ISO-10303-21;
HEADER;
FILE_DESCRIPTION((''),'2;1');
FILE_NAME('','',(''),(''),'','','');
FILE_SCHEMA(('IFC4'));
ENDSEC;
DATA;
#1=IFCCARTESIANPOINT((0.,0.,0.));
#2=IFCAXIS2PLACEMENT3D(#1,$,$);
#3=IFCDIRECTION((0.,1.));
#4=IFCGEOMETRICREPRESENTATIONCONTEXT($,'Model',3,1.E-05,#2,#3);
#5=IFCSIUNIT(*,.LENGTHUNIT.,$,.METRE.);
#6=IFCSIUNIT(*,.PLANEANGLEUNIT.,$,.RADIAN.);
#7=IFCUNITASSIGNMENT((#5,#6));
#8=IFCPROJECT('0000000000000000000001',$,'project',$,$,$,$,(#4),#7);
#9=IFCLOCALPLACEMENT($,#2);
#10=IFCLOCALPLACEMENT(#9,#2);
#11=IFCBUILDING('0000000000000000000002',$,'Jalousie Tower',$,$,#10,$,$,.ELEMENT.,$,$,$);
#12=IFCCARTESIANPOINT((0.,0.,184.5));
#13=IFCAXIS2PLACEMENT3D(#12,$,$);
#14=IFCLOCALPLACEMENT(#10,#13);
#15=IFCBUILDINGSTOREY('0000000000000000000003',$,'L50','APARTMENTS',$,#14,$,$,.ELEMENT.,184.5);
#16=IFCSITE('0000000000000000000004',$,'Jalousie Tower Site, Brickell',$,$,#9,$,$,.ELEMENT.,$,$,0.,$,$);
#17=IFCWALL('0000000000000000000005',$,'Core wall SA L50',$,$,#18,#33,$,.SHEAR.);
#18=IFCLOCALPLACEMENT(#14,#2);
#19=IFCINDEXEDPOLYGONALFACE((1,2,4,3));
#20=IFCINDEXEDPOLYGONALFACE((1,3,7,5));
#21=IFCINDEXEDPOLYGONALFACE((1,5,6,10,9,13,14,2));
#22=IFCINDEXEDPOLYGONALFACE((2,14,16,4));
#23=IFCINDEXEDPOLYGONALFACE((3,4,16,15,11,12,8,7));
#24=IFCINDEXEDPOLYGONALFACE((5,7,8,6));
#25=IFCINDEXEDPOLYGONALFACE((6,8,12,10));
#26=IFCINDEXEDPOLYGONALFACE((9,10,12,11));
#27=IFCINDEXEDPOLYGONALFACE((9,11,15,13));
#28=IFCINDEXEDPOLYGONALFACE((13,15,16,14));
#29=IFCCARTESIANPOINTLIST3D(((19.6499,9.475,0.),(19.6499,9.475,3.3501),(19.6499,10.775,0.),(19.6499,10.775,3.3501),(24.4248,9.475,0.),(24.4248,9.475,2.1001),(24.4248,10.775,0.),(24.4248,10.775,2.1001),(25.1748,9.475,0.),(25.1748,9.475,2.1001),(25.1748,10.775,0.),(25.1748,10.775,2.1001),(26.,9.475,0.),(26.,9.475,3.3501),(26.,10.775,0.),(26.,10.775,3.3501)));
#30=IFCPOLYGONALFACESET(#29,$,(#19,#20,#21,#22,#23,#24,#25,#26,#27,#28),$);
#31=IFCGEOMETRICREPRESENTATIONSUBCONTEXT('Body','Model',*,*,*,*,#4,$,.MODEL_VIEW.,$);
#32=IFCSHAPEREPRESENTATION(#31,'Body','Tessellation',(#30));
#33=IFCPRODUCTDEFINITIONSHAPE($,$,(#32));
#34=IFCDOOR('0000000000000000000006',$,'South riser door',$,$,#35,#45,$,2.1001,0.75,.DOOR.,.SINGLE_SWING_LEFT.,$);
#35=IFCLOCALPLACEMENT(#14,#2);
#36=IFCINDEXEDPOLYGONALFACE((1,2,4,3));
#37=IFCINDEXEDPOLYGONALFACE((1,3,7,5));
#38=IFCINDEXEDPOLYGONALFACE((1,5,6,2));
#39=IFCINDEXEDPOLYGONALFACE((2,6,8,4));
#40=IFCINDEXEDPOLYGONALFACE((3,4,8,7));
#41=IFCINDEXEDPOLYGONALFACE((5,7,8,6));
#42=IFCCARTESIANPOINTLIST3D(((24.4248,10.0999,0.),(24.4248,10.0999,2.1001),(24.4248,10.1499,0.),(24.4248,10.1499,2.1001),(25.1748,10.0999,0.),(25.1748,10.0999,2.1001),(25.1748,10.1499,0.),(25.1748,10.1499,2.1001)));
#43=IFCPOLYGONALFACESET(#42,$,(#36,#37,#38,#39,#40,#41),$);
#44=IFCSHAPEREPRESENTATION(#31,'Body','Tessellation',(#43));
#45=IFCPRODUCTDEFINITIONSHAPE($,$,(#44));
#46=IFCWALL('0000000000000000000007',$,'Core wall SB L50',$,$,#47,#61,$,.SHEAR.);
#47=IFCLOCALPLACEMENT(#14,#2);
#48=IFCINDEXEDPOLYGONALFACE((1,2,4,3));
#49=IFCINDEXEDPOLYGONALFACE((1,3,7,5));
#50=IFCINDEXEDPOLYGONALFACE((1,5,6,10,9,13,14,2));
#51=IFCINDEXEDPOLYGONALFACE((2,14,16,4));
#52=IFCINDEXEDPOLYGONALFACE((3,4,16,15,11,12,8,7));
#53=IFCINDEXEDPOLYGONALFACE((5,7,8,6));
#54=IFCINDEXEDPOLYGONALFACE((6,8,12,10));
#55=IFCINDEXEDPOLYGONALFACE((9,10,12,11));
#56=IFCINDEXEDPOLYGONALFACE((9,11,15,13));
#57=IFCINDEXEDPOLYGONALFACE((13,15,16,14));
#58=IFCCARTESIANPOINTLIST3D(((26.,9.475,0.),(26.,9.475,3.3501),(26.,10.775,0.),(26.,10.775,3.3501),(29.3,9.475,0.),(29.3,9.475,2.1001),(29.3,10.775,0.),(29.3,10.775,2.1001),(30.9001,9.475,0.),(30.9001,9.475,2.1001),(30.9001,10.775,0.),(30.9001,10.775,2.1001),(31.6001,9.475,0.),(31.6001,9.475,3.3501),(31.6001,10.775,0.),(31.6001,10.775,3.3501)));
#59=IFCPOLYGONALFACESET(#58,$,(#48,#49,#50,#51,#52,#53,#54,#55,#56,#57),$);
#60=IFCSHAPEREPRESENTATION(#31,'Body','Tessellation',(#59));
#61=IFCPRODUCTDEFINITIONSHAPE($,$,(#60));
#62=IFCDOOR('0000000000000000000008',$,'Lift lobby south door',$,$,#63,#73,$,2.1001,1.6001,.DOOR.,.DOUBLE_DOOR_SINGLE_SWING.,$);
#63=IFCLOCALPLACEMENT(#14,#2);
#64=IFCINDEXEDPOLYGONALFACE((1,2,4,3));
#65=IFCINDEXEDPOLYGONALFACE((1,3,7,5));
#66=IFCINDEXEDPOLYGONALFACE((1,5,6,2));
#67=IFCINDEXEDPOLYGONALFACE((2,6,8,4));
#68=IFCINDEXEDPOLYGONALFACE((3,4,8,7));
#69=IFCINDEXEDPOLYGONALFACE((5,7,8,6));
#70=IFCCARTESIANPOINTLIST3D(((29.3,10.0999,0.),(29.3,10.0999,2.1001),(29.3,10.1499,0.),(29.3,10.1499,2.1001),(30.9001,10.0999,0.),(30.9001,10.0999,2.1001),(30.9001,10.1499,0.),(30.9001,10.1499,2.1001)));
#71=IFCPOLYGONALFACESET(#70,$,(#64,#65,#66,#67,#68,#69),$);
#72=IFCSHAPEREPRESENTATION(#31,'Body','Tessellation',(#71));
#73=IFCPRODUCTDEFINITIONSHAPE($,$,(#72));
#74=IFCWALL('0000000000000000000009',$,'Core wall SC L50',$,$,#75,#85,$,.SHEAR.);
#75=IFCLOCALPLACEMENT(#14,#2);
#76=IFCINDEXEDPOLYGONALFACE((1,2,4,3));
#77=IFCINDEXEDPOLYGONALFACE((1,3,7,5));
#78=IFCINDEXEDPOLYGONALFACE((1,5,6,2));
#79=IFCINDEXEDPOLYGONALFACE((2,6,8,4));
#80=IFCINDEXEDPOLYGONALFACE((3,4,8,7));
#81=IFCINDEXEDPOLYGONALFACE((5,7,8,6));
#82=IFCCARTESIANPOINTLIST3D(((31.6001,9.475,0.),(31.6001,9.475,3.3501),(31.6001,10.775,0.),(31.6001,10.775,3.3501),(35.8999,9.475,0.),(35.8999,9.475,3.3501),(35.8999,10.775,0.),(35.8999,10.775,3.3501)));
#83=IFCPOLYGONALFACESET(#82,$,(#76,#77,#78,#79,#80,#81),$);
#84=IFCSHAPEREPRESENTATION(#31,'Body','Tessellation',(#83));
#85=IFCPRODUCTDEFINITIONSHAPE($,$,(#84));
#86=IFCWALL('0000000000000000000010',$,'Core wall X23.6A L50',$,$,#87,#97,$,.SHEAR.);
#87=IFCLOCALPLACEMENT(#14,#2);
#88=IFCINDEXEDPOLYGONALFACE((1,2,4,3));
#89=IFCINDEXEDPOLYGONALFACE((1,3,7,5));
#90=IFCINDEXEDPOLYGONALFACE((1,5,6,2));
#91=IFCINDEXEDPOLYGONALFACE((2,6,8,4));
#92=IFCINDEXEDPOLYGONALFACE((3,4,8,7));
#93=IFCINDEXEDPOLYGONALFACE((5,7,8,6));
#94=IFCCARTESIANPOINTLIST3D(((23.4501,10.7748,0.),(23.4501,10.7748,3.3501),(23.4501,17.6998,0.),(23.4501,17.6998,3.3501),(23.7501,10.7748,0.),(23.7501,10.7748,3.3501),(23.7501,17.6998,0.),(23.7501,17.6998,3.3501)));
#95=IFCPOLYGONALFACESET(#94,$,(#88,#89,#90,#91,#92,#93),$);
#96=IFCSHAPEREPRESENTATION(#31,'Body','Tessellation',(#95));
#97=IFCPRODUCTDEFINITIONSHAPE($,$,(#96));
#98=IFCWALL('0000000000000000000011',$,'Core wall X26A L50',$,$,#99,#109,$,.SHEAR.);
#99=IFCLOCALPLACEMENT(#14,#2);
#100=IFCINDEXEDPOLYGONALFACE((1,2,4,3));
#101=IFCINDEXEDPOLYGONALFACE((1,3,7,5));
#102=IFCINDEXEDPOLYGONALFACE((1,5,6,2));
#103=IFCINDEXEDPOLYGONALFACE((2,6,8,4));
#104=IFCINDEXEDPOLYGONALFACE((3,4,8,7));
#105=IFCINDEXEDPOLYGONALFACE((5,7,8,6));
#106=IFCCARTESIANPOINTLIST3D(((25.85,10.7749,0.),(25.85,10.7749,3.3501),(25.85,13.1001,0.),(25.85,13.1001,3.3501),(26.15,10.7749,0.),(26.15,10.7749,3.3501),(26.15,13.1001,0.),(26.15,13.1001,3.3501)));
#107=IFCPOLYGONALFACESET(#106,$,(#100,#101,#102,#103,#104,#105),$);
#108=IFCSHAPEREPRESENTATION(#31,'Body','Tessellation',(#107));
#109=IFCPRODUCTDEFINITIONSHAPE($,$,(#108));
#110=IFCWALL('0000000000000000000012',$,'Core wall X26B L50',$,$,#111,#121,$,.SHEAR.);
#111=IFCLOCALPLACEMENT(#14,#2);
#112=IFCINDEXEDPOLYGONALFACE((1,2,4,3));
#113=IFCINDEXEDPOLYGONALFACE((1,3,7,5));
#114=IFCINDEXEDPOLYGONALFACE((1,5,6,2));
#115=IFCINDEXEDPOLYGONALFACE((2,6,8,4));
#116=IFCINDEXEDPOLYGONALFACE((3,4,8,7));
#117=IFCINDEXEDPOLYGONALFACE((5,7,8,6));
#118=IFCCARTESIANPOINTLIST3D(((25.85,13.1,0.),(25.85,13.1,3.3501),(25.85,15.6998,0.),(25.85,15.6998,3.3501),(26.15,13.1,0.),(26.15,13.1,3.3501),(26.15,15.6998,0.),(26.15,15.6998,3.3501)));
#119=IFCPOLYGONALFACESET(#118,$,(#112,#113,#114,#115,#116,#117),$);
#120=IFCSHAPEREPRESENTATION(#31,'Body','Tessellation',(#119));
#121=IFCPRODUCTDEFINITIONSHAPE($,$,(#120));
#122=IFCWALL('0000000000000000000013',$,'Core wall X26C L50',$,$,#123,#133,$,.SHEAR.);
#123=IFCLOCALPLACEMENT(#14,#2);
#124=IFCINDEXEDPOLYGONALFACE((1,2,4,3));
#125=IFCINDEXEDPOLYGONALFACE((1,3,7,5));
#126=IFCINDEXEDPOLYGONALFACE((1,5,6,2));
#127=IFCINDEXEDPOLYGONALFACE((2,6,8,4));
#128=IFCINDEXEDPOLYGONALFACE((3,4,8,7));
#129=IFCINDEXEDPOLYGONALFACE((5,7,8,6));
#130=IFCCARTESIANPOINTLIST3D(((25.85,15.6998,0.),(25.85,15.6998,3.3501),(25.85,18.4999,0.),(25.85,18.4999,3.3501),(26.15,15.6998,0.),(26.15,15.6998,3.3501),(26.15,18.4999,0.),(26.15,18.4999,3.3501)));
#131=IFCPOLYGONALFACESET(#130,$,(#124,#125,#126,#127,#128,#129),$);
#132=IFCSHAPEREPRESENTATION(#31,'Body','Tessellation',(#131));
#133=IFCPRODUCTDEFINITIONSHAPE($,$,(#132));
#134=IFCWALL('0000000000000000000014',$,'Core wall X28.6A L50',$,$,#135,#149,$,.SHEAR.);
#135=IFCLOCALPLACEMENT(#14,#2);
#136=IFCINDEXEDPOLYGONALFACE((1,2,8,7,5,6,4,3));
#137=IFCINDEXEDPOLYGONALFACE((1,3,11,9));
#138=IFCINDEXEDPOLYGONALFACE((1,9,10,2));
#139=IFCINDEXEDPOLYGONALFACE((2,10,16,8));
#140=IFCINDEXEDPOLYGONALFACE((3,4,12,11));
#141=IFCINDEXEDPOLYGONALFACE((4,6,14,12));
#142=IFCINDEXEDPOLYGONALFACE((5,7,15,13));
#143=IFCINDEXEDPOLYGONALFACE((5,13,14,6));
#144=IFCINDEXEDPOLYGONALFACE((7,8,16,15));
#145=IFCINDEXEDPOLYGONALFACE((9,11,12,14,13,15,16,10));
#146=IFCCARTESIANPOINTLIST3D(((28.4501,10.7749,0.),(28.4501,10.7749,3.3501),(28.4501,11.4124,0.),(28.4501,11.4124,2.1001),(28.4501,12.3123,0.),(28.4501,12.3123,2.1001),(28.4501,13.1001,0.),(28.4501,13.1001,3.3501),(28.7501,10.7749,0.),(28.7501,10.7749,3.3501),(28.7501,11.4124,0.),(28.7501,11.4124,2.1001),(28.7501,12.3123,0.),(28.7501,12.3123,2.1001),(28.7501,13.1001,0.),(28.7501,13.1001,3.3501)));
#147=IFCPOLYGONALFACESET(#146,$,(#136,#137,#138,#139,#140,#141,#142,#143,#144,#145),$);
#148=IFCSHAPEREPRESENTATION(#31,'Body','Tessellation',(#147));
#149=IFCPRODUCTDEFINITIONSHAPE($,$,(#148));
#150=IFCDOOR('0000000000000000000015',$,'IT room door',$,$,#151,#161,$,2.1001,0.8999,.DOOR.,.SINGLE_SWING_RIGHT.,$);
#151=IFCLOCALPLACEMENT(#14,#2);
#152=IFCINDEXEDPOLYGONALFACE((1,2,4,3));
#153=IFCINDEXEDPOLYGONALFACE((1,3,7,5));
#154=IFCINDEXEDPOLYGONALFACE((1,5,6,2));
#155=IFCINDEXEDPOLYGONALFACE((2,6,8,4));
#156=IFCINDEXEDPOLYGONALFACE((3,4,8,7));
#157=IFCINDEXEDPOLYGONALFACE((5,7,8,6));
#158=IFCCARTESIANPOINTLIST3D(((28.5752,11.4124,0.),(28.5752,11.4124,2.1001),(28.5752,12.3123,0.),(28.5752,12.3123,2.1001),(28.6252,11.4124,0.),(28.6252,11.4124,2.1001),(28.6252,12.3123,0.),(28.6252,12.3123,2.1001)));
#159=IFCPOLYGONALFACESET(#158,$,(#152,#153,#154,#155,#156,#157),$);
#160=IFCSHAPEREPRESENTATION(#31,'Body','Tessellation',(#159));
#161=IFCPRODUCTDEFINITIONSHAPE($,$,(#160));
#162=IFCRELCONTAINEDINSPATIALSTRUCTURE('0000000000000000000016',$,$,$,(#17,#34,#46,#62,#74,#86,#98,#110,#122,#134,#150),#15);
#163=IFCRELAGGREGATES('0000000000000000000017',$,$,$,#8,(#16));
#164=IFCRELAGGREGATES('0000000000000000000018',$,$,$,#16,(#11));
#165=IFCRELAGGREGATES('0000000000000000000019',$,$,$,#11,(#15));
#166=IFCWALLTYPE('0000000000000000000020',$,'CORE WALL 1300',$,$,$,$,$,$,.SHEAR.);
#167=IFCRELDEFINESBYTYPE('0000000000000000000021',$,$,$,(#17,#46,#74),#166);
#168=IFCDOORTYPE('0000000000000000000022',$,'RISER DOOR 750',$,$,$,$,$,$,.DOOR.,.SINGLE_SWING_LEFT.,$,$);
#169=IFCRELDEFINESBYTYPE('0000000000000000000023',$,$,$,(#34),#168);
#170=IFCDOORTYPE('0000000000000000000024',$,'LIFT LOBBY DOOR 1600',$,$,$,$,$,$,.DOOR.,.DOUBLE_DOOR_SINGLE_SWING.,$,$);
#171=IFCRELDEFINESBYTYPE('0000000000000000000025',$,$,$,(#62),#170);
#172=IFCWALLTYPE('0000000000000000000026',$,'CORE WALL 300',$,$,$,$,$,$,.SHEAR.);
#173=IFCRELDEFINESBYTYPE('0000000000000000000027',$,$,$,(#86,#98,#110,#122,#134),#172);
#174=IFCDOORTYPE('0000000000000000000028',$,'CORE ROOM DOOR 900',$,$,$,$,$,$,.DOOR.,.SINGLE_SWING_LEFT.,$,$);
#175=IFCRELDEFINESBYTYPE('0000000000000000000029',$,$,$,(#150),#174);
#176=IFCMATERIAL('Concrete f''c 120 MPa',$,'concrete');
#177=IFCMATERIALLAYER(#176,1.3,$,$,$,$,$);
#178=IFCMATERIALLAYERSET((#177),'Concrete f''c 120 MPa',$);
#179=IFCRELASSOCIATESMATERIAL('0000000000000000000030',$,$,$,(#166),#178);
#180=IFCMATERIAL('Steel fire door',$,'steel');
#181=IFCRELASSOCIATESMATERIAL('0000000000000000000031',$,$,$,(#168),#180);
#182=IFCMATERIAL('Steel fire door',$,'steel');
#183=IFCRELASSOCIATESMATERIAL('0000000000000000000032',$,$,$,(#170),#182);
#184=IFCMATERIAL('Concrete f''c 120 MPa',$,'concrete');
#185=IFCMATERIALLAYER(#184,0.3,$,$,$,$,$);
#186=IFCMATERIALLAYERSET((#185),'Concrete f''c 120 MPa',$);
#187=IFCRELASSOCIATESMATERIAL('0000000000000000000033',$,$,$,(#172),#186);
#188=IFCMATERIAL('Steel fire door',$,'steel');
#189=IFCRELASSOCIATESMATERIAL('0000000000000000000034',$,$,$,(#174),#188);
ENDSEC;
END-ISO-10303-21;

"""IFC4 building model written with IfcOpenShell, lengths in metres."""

from ifc_helpers import new_model, si_unit, direction, frame, frame_2d, origin, place, context, subcontext, project, spatial, rectangle, extrude, material, layer, layer_set, type_object, element, fill, save


model = new_model("IFC4")

# Units and contexts
model_context = context("Model", 3, precision=1e-05, world=origin(), true_north=direction((0.0, 1.0)))
body_context = subcontext(model_context, "Body", "Model", "MODEL_VIEW")
ifc_project = project(units=[si_unit("LENGTHUNIT", "METRE"), si_unit("PLANEANGLEUNIT", "RADIAN")], contexts=[model_context])

# Site, building, storey
site_placement = place(None, origin())
site = spatial("IfcSite", under=ifc_project, at=site_placement, Name="Jalousie Tower Site, Brickell", CompositionType="ELEMENT", RefElevation=0.0)
building_placement = place(site_placement, origin())
building = spatial("IfcBuilding", under=site, at=building_placement, Name="Jalousie Tower", CompositionType="ELEMENT")
storey_placement = place(building_placement, frame((0.0, 0.0, 184.5)))
storey = spatial("IfcBuildingStorey", under=building, at=storey_placement, Name="L50", Description="APARTMENTS", CompositionType="ELEMENT", Elevation=184.5)

# Walls, openings, doors
ifc_material_1 = material(Name="Concrete f'c 120 MPa", Category="concrete")
ifc_layer_1 = layer(ifc_material_1, 1.3)
ifc_layer_set_1 = layer_set([ifc_layer_1], Name="Concrete f'c 120 MPa")
wall_type_1 = type_object("IfcWallType", Name="CORE WALL 1300", PredefinedType="SHEAR", material=ifc_layer_set_1)
wall_1_placement = place(storey_placement, frame((19.6499, 10.125, 0.0), z_axis=(0.0, 0.0, 1.0), x_axis=(1.0, 0.0, 0.0)))
wall_1 = element("IfcWall", 1, at=wall_1_placement, inside=storey, type_object=wall_type_1, Name="Core wall SA L50", PredefinedType="SHEAR", context=body_context, shape_type="SweptSolid", body=[
    extrude(rectangle(XDim=6.3501, YDim=1.3, at=frame_2d((3.175, 0.0))), origin(), (0.0, 0.0, 1.0), 3.3501),
])
opening_1_placement = place(wall_1_placement, frame((4.7749, 0.0, 0.0)))
opening_1 = element("IfcOpeningElement", 2, at=opening_1_placement, cuts=wall_1, PredefinedType="OPENING", context=body_context, shape_type="SweptSolid", body=[
    extrude(rectangle(XDim=0.75, YDim=2.1001, at=frame_2d((0.375, 1.05))), frame((0.0, 0.6599, 0.0), z_axis=(0.0, -1.0, 0.0), x_axis=(1.0, 0.0, 0.0)), (0.0, 0.0, 1.0), 1.3201),
])
ifc_material_2 = material(Name="Steel fire door", Category="steel")
door_type_1 = type_object("IfcDoorType", Name="RISER DOOR 750", OperationType="SINGLE_SWING_LEFT", PredefinedType="DOOR", material=ifc_material_2)
door_1_placement = place(opening_1_placement, origin())
door_1 = element("IfcDoor", 3, at=door_1_placement, inside=storey, type_object=door_type_1, Name="South riser door", OperationType="SINGLE_SWING_LEFT", OverallHeight=2.1001, OverallWidth=0.75, PredefinedType="DOOR", context=body_context, shape_type="SweptSolid", body=[
    extrude(rectangle(XDim=0.75, YDim=2.1001, at=frame_2d((0.375, 1.05))), frame((0.0, 0.0249, 0.0), z_axis=(0.0, -1.0, 0.0), x_axis=(1.0, 0.0, 0.0)), (0.0, 0.0, 1.0), 0.05),
])
fill(opening_1, door_1)
wall_2_placement = place(storey_placement, frame((26.0, 10.125, 0.0), z_axis=(0.0, 0.0, 1.0), x_axis=(1.0, 0.0, 0.0)))
wall_2 = element("IfcWall", 4, at=wall_2_placement, inside=storey, type_object=wall_type_1, Name="Core wall SB L50", PredefinedType="SHEAR", context=body_context, shape_type="SweptSolid", body=[
    extrude(rectangle(XDim=5.6001, YDim=1.3, at=frame_2d((2.8, 0.0))), origin(), (0.0, 0.0, 1.0), 3.3501),
])
opening_2_placement = place(wall_2_placement, frame((3.3, 0.0, 0.0)))
opening_2 = element("IfcOpeningElement", 5, at=opening_2_placement, cuts=wall_2, PredefinedType="OPENING", context=body_context, shape_type="SweptSolid", body=[
    extrude(rectangle(XDim=1.6001, YDim=2.1001, at=frame_2d((0.8, 1.05))), frame((0.0, 0.6599, 0.0), z_axis=(0.0, -1.0, 0.0), x_axis=(1.0, 0.0, 0.0)), (0.0, 0.0, 1.0), 1.3201),
])
ifc_material_3 = material(Name="Steel fire door", Category="steel")
door_type_2 = type_object("IfcDoorType", Name="LIFT LOBBY DOOR 1600", OperationType="DOUBLE_DOOR_SINGLE_SWING", PredefinedType="DOOR", material=ifc_material_3)
door_2_placement = place(opening_2_placement, origin())
door_2 = element("IfcDoor", 6, at=door_2_placement, inside=storey, type_object=door_type_2, Name="Lift lobby south door", OperationType="DOUBLE_DOOR_SINGLE_SWING", OverallHeight=2.1001, OverallWidth=1.6001, PredefinedType="DOOR", context=body_context, shape_type="SweptSolid", body=[
    extrude(rectangle(XDim=1.6001, YDim=2.1001, at=frame_2d((0.8, 1.05))), frame((0.0, 0.0249, 0.0), z_axis=(0.0, -1.0, 0.0), x_axis=(1.0, 0.0, 0.0)), (0.0, 0.0, 1.0), 0.05),
])
fill(opening_2, door_2)

# Walls
wall_3_placement = place(storey_placement, frame((31.6001, 10.125, 0.0), z_axis=(0.0, 0.0, 1.0), x_axis=(1.0, 0.0, 0.0)))
element("IfcWall", 7, at=wall_3_placement, inside=storey, type_object=wall_type_1, Name="Core wall SC L50", PredefinedType="SHEAR", context=body_context, shape_type="SweptSolid", body=[
    extrude(rectangle(XDim=4.2998, YDim=1.3, at=frame_2d((2.1499, 0.0))), origin(), (0.0, 0.0, 1.0), 3.3501),
])
ifc_material_4 = material(Name="Concrete f'c 120 MPa", Category="concrete")
ifc_layer_2 = layer(ifc_material_4, 0.3)
ifc_layer_set_2 = layer_set([ifc_layer_2], Name="Concrete f'c 120 MPa")
wall_type_2 = type_object("IfcWallType", Name="CORE WALL 300", PredefinedType="SHEAR", material=ifc_layer_set_2)
wall_4_placement = place(storey_placement, frame((23.6001, 10.7749, 0.0), z_axis=(0.0, 0.0, 1.0), x_axis=(0.0, 1.0, 0.0)))
element("IfcWall", 8, at=wall_4_placement, inside=storey, type_object=wall_type_2, Name="Core wall X23.6A L50", PredefinedType="SHEAR", context=body_context, shape_type="SweptSolid", body=[
    extrude(rectangle(XDim=6.925, YDim=0.3, at=frame_2d((3.4624, 0.0))), origin(), (0.0, 0.0, 1.0), 3.3501),
])
wall_5_placement = place(storey_placement, frame((26.0, 10.7749, 0.0), z_axis=(0.0, 0.0, 1.0), x_axis=(0.0, 1.0, 0.0)))
element("IfcWall", 9, at=wall_5_placement, inside=storey, type_object=wall_type_2, Name="Core wall X26A L50", PredefinedType="SHEAR", context=body_context, shape_type="SweptSolid", body=[
    extrude(rectangle(XDim=2.3252, YDim=0.3, at=frame_2d((1.1626, 0.0))), origin(), (0.0, 0.0, 1.0), 3.3501),
])
wall_6_placement = place(storey_placement, frame((26.0, 13.1001, 0.0), z_axis=(0.0, 0.0, 1.0), x_axis=(0.0, 1.0, 0.0)))
element("IfcWall", 10, at=wall_6_placement, inside=storey, type_object=wall_type_2, Name="Core wall X26B L50", PredefinedType="SHEAR", context=body_context, shape_type="SweptSolid", body=[
    extrude(rectangle(XDim=2.5999, YDim=0.3, at=frame_2d((1.2998, 0.0))), origin(), (0.0, 0.0, 1.0), 3.3501),
])
wall_7_placement = place(storey_placement, frame((26.0, 15.7, 0.0), z_axis=(0.0, 0.0, 1.0), x_axis=(0.0, 1.0, 0.0)))
element("IfcWall", 11, at=wall_7_placement, inside=storey, type_object=wall_type_2, Name="Core wall X26C L50", PredefinedType="SHEAR", context=body_context, shape_type="SweptSolid", body=[
    extrude(rectangle(XDim=2.8, YDim=0.3, at=frame_2d((1.3999, 0.0))), origin(), (0.0, 0.0, 1.0), 3.3501),
])

# Wall, opening, door
wall_8_placement = place(storey_placement, frame((28.6001, 10.7749, 0.0), z_axis=(0.0, 0.0, 1.0), x_axis=(0.0, 1.0, 0.0)))
wall_8 = element("IfcWall", 12, at=wall_8_placement, inside=storey, type_object=wall_type_2, Name="Core wall X28.6A L50", PredefinedType="SHEAR", context=body_context, shape_type="SweptSolid", body=[
    extrude(rectangle(XDim=2.3252, YDim=0.3, at=frame_2d((1.1626, 0.0))), origin(), (0.0, 0.0, 1.0), 3.3501),
])
opening_3_placement = place(wall_8_placement, frame((0.6375, 0.0, 0.0)))
opening_3 = element("IfcOpeningElement", 13, at=opening_3_placement, cuts=wall_8, PredefinedType="OPENING", context=body_context, shape_type="SweptSolid", body=[
    extrude(rectangle(XDim=0.8999, YDim=2.1001, at=frame_2d((0.45, 1.05))), frame((0.0, 0.1599, 0.0), z_axis=(0.0, -1.0, 0.0), x_axis=(1.0, 0.0, 0.0)), (0.0, 0.0, 1.0), 0.3201),
])
ifc_material_5 = material(Name="Steel fire door", Category="steel")
door_type_3 = type_object("IfcDoorType", Name="CORE ROOM DOOR 900", OperationType="SINGLE_SWING_LEFT", PredefinedType="DOOR", material=ifc_material_5)
door_3_placement = place(opening_3_placement, origin())
door_3 = element("IfcDoor", 14, at=door_3_placement, inside=storey, type_object=door_type_3, Name="IT room door", OperationType="SINGLE_SWING_RIGHT", OverallHeight=2.1001, OverallWidth=0.8999, PredefinedType="DOOR", context=body_context, shape_type="SweptSolid", body=[
    extrude(rectangle(XDim=0.8999, YDim=2.1001, at=frame_2d((0.45, 1.05))), frame((0.0, 0.0249, 0.0), z_axis=(0.0, -1.0, 0.0), x_axis=(1.0, 0.0, 0.0)), (0.0, 0.0, 1.0), 0.05),
])
fill(opening_3, door_3)

save(model, "model.ifc")
